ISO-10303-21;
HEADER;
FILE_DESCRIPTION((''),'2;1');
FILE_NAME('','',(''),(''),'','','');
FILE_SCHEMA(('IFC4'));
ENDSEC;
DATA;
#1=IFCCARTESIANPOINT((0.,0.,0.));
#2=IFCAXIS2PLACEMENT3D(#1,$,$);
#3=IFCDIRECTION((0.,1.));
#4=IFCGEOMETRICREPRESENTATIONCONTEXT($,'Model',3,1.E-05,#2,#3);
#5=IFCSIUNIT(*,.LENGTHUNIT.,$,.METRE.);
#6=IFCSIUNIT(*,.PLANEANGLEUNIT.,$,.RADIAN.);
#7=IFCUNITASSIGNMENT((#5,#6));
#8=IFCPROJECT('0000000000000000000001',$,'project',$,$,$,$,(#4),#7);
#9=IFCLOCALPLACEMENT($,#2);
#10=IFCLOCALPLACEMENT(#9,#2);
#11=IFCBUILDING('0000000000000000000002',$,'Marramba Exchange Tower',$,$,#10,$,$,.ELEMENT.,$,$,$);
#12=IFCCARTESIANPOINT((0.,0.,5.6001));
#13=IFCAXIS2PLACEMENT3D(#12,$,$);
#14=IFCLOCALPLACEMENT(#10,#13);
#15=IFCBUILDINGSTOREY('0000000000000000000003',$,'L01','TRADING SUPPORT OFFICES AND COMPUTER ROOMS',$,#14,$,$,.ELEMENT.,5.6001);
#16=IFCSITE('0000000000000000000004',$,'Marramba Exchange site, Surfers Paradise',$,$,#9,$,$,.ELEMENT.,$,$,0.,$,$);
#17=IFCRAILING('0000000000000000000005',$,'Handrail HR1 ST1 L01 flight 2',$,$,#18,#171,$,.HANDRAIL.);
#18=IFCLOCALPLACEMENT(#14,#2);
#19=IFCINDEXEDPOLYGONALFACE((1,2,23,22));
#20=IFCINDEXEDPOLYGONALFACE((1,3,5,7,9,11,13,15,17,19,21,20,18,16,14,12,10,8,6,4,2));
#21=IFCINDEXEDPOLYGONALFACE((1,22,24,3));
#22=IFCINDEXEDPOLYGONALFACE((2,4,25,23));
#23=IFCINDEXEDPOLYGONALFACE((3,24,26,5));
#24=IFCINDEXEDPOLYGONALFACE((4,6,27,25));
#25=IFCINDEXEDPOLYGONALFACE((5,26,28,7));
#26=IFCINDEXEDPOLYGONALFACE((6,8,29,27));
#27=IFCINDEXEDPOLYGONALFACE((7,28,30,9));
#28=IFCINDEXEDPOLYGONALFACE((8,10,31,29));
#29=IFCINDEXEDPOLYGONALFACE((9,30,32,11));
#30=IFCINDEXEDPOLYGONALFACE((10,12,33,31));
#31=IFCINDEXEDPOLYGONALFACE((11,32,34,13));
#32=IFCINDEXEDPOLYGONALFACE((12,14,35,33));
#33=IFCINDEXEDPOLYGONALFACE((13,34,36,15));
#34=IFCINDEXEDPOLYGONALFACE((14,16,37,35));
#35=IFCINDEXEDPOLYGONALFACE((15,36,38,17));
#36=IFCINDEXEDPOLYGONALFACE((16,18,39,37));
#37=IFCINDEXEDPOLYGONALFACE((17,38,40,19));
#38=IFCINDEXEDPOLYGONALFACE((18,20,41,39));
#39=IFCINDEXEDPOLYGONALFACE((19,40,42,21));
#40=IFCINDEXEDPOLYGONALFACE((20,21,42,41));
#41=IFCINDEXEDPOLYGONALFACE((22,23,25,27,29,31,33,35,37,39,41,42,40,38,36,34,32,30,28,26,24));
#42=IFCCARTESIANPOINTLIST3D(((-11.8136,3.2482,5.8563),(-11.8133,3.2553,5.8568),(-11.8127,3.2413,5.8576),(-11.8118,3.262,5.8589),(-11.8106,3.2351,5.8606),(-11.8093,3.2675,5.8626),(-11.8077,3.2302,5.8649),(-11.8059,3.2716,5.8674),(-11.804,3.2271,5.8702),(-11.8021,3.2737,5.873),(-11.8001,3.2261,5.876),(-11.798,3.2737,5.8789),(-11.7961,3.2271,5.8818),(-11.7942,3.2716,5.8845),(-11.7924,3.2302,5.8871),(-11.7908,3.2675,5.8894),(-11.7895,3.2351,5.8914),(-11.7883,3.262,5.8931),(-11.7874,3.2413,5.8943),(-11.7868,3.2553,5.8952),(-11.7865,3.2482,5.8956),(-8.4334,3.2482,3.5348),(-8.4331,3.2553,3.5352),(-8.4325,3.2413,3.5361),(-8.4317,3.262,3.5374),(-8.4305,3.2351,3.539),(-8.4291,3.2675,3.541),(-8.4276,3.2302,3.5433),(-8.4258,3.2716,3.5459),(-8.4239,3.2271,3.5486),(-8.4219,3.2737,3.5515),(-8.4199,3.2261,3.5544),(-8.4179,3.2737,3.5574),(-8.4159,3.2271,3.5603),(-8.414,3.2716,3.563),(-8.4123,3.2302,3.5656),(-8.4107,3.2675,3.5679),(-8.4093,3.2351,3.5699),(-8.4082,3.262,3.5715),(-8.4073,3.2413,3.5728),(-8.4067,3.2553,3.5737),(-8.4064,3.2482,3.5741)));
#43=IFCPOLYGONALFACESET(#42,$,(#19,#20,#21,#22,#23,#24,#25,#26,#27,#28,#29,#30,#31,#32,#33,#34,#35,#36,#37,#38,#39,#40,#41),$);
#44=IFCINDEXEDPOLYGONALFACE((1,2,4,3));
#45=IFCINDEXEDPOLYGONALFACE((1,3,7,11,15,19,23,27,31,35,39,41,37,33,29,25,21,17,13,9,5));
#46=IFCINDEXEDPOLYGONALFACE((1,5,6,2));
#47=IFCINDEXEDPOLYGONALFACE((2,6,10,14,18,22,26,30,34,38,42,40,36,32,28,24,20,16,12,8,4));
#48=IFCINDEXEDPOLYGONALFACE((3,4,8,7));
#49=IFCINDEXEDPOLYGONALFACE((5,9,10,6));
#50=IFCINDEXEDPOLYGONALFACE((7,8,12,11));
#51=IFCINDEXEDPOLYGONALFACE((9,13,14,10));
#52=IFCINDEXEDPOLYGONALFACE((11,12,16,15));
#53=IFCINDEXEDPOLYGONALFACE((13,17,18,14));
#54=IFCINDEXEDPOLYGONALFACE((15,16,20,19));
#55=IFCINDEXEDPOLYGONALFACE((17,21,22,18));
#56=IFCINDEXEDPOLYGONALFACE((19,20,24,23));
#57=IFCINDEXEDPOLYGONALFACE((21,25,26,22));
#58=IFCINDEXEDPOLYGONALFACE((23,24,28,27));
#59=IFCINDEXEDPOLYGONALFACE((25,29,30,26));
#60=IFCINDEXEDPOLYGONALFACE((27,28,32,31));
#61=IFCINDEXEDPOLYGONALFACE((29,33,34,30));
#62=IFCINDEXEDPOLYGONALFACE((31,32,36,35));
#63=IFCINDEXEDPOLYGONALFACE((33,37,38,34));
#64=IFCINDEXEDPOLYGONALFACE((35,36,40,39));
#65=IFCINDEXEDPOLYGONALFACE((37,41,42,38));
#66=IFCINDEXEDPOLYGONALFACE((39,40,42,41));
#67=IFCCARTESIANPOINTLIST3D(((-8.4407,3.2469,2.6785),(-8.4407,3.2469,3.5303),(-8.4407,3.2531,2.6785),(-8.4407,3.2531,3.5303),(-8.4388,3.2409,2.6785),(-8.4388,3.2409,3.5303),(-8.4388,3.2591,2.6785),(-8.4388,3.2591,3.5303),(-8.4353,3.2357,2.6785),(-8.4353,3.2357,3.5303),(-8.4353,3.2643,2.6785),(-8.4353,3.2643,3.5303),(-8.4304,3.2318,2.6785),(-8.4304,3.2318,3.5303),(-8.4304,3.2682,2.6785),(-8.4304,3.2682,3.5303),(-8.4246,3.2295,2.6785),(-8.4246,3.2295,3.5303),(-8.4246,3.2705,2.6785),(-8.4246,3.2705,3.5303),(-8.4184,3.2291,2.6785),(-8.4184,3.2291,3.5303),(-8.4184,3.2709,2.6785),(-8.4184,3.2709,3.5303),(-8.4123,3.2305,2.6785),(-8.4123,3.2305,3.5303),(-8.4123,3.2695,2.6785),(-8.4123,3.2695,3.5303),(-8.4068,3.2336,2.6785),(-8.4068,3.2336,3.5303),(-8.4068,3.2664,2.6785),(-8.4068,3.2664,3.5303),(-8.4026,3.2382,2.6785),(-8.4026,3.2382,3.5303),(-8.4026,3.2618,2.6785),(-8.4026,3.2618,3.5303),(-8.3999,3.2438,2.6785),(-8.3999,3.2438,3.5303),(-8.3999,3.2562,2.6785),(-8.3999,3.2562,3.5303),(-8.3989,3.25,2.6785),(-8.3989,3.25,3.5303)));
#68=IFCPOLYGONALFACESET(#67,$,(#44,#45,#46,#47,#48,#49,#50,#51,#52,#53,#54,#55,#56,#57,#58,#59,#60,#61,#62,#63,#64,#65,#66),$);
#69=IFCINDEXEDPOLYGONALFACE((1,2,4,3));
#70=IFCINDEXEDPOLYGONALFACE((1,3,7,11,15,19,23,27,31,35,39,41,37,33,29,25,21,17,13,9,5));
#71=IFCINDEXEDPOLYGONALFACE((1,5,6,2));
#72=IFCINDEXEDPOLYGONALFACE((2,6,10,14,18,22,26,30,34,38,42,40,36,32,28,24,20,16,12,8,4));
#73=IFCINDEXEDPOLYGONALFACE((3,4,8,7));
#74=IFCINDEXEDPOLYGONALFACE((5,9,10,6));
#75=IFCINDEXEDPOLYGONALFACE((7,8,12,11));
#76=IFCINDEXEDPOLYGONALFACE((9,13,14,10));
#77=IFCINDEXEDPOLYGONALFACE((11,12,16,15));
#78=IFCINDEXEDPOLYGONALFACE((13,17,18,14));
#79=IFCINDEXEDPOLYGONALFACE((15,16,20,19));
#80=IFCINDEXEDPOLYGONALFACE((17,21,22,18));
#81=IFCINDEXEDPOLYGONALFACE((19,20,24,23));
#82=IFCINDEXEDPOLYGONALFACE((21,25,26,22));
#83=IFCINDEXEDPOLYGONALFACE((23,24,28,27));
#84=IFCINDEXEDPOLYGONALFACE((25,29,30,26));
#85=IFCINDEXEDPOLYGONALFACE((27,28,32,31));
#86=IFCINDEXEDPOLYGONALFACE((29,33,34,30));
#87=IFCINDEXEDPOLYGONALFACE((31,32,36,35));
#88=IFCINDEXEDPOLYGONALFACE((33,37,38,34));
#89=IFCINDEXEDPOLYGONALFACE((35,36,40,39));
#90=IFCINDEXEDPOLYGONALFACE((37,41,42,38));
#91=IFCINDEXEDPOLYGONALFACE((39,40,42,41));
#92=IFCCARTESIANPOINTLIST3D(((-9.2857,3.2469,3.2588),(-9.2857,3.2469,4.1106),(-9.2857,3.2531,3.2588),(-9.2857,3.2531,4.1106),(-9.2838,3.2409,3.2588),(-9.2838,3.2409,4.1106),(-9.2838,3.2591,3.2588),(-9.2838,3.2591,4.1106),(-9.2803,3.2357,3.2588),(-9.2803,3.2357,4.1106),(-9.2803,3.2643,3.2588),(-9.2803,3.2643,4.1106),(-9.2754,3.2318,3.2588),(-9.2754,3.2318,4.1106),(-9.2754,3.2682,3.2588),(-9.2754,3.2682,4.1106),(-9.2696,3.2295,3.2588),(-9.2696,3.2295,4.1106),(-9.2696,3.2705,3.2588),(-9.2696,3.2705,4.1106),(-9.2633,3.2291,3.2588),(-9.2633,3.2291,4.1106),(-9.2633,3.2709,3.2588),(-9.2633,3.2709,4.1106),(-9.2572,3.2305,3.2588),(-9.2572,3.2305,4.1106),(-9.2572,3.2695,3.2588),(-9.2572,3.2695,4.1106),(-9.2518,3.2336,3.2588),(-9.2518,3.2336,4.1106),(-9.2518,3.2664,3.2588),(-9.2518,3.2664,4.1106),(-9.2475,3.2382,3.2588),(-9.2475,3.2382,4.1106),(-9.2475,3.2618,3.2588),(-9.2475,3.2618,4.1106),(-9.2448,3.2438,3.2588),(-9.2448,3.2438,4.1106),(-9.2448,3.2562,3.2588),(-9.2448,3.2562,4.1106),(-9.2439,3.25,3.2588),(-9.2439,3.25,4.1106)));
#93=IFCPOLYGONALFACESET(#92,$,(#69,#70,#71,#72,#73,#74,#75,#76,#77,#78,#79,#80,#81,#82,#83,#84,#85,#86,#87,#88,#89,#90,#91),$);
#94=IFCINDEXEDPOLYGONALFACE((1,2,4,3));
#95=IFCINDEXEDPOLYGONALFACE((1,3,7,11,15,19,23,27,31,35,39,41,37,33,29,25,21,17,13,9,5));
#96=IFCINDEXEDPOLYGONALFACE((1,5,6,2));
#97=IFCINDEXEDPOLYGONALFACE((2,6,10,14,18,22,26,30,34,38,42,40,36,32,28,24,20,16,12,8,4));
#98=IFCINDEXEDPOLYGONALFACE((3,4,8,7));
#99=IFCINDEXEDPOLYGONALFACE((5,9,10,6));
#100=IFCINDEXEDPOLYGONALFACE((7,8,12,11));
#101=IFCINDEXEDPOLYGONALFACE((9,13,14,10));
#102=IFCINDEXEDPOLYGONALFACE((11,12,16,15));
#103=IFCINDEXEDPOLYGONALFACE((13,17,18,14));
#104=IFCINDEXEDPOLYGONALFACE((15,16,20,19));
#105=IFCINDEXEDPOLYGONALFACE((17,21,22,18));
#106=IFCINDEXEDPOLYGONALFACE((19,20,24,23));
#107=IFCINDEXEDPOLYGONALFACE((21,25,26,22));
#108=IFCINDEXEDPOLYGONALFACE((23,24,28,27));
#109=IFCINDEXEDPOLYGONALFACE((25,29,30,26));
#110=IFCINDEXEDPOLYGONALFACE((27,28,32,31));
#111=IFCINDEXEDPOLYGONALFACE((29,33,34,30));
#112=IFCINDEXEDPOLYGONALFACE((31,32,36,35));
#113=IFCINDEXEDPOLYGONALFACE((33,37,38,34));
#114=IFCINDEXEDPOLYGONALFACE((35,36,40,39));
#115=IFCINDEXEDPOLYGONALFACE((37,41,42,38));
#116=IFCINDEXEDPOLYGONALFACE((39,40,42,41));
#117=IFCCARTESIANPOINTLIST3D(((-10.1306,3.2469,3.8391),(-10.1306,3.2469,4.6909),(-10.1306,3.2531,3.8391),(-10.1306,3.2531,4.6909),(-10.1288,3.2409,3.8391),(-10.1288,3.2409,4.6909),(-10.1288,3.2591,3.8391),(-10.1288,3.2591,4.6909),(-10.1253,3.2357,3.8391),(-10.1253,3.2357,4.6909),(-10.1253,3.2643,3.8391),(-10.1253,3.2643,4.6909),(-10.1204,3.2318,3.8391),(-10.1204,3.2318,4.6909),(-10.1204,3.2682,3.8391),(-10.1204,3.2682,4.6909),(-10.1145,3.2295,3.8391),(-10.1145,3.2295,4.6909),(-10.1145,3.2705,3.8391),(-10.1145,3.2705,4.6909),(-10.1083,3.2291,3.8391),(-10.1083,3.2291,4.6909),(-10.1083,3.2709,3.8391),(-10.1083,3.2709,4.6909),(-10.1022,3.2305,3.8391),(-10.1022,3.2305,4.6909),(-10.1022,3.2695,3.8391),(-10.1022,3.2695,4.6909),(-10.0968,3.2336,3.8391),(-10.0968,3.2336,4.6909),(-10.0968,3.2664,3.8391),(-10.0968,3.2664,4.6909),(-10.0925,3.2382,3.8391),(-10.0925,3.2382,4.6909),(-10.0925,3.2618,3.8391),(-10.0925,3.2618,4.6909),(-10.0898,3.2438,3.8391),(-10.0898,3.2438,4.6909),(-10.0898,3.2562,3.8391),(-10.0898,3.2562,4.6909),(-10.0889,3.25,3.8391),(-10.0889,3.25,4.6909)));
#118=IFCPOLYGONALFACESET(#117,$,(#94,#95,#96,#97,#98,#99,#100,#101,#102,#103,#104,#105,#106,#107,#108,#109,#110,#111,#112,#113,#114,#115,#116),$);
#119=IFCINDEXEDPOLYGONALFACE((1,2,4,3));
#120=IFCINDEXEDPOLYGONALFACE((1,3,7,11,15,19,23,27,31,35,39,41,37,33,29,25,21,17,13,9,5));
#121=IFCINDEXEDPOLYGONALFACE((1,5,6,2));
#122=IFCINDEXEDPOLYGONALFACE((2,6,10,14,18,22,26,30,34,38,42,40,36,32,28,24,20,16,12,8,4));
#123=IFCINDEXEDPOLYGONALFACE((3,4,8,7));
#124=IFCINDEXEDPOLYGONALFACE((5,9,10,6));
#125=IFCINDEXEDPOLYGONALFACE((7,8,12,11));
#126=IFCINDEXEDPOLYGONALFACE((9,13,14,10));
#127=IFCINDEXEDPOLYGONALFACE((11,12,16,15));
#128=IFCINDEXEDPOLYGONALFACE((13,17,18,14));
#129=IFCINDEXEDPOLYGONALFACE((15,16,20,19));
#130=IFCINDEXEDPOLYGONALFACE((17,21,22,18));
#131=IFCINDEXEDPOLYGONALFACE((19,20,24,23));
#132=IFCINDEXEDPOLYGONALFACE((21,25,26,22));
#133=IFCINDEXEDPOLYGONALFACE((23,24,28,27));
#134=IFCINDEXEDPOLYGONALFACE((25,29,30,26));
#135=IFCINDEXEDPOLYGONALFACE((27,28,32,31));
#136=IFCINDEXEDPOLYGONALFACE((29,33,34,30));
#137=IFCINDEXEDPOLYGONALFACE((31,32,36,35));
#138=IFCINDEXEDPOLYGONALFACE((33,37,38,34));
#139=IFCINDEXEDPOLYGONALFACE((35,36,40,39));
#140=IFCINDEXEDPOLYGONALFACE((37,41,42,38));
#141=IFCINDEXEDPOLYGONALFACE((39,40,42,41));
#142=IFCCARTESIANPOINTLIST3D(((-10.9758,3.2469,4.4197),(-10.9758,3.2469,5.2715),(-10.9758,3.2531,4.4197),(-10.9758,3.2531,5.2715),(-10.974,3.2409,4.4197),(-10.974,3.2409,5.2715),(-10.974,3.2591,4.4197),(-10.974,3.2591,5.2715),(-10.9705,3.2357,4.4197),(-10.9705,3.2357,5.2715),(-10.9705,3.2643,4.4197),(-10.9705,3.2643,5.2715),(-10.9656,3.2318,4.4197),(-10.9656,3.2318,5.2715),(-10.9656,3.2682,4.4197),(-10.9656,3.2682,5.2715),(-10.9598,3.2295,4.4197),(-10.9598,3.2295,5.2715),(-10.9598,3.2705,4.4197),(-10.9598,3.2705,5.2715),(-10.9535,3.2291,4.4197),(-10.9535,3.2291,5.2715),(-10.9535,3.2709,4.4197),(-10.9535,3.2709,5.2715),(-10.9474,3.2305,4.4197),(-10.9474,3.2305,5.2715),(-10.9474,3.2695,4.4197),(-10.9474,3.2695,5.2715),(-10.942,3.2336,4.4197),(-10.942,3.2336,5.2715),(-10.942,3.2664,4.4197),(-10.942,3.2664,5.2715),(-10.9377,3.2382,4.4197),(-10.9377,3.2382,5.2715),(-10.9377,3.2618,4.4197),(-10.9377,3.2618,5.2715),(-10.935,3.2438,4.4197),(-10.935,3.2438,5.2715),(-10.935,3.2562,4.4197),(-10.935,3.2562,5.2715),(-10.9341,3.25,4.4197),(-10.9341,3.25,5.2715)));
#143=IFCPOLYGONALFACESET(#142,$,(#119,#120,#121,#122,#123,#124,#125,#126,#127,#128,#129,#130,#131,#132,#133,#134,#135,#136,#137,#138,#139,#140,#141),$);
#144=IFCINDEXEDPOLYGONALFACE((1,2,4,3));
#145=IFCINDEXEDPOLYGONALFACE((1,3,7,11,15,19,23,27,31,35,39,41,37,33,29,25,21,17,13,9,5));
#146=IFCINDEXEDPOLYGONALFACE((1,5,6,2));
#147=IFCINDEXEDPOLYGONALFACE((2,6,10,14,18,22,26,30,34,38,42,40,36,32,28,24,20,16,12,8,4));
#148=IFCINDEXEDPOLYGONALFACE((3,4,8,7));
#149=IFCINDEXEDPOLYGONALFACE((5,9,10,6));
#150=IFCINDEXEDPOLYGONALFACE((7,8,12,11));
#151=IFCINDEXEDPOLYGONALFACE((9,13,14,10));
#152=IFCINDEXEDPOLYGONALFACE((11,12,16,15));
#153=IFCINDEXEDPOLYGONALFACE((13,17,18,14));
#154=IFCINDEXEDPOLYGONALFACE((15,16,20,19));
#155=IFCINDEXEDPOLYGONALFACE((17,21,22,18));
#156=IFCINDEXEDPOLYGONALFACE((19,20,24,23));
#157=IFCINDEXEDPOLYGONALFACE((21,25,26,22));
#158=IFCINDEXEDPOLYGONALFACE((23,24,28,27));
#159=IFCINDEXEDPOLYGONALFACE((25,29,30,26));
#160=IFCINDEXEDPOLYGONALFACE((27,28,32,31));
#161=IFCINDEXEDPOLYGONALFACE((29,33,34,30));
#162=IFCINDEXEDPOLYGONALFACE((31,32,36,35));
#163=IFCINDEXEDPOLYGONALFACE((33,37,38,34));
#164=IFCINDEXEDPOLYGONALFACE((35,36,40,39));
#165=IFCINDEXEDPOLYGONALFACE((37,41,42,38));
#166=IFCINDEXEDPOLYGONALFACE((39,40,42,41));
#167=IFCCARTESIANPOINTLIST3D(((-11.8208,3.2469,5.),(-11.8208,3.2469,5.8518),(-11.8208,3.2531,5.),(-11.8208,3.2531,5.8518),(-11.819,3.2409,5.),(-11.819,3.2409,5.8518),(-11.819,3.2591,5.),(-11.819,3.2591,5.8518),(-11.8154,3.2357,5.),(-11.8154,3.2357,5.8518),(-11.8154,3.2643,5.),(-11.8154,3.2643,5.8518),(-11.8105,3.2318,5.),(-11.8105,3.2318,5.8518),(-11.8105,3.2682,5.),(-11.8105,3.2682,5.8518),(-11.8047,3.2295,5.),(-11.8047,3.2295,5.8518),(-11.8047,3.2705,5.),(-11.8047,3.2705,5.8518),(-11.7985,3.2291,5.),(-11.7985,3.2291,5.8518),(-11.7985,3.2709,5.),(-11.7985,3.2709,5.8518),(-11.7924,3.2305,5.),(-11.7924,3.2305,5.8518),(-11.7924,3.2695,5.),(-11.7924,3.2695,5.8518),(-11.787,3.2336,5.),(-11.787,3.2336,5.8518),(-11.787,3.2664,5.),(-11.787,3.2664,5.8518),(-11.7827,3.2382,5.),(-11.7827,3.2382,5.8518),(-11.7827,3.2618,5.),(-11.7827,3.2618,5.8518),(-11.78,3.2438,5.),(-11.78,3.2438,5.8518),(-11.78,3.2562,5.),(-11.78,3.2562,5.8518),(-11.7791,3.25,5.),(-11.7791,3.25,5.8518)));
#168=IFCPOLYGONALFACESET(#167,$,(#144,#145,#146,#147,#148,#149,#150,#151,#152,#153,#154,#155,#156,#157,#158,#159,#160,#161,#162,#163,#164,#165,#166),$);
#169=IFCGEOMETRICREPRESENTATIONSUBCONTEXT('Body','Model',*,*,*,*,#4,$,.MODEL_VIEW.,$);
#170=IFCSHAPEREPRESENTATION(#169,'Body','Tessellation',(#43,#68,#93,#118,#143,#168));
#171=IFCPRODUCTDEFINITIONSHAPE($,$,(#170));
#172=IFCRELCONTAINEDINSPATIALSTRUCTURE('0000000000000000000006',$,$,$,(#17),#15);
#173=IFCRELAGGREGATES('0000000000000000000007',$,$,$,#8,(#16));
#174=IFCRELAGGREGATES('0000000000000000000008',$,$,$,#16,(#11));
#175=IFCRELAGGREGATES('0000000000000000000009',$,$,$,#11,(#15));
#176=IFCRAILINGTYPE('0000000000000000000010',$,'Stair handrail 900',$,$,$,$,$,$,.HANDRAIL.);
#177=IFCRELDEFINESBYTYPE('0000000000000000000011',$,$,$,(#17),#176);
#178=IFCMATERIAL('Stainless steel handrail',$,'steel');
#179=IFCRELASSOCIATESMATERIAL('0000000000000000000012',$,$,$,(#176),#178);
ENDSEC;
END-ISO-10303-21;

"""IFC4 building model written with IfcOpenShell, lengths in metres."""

from ifc_helpers import new_model, si_unit, direction, frame, origin, origin_2d, place, context, subcontext, project, spatial, circle, extrude, material, type_object, element, save


model = new_model("IFC4")

# Units and contexts
model_context = context("Model", 3, precision=1e-05, world=origin(), true_north=direction((0.0, 1.0)))
body_context = subcontext(model_context, "Body", "Model", "MODEL_VIEW")
ifc_project = project(units=[si_unit("LENGTHUNIT", "METRE"), si_unit("PLANEANGLEUNIT", "RADIAN")], contexts=[model_context])

# Site, building, storey
site_placement = place(None, origin())
site = spatial("IfcSite", under=ifc_project, at=site_placement, Name="Marramba Exchange site, Surfers Paradise", CompositionType="ELEMENT", RefElevation=0.0)
building_placement = place(site_placement, origin())
building = spatial("IfcBuilding", under=site, at=building_placement, Name="Marramba Exchange Tower", CompositionType="ELEMENT")
storey_placement = place(building_placement, frame((0.0, 0.0, 5.6001)))
storey = spatial("IfcBuildingStorey", under=building, at=storey_placement, Name="L01", Description="TRADING SUPPORT OFFICES AND COMPUTER ROOMS", CompositionType="ELEMENT", Elevation=5.6001)

# Railing
ifc_material_1 = material(Name="Stainless steel handrail", Category="steel")
railing_type = type_object("IfcRailingType", Name="Stair handrail 900", PredefinedType="HANDRAIL", material=ifc_material_1)
railing_1_placement = place(storey_placement, frame((-8.4199, 3.25, 2.6785)))
element("IfcRailing", 1, at=railing_1_placement, inside=storey, type_object=railing_type, Name="Handrail HR1 ST1 L01 flight 2", PredefinedType="HANDRAIL", context=body_context, shape_type="SweptSolid", body=[
    extrude(circle(Radius=0.0239, at=origin_2d()), frame((0.0, 0.0, 0.876), z_axis=(-0.824304, 0.0, 0.566147), x_axis=(0.0, -1.0, 0.0)), (0.0, 0.0, 1.0), 4.1006),
    extrude(circle(Radius=0.021, at=origin_2d()), origin(), (0.0, 0.0, 1.0), 0.8518),
    extrude(circle(Radius=0.021, at=origin_2d()), frame((-0.845, 0.0, 0.5803)), (0.0, 0.0, 1.0), 0.8518),
    extrude(circle(Radius=0.021, at=origin_2d()), frame((-1.6899, 0.0, 1.1606)), (0.0, 0.0, 1.0), 0.8518),
    extrude(circle(Radius=0.021, at=origin_2d()), frame((-2.5352, 0.0, 1.7412)), (0.0, 0.0, 1.0), 0.8518),
    extrude(circle(Radius=0.021, at=origin_2d()), frame((-3.3801, 0.0, 2.3215)), (0.0, 0.0, 1.0), 0.8518),
])

save(model, "model.ifc")
